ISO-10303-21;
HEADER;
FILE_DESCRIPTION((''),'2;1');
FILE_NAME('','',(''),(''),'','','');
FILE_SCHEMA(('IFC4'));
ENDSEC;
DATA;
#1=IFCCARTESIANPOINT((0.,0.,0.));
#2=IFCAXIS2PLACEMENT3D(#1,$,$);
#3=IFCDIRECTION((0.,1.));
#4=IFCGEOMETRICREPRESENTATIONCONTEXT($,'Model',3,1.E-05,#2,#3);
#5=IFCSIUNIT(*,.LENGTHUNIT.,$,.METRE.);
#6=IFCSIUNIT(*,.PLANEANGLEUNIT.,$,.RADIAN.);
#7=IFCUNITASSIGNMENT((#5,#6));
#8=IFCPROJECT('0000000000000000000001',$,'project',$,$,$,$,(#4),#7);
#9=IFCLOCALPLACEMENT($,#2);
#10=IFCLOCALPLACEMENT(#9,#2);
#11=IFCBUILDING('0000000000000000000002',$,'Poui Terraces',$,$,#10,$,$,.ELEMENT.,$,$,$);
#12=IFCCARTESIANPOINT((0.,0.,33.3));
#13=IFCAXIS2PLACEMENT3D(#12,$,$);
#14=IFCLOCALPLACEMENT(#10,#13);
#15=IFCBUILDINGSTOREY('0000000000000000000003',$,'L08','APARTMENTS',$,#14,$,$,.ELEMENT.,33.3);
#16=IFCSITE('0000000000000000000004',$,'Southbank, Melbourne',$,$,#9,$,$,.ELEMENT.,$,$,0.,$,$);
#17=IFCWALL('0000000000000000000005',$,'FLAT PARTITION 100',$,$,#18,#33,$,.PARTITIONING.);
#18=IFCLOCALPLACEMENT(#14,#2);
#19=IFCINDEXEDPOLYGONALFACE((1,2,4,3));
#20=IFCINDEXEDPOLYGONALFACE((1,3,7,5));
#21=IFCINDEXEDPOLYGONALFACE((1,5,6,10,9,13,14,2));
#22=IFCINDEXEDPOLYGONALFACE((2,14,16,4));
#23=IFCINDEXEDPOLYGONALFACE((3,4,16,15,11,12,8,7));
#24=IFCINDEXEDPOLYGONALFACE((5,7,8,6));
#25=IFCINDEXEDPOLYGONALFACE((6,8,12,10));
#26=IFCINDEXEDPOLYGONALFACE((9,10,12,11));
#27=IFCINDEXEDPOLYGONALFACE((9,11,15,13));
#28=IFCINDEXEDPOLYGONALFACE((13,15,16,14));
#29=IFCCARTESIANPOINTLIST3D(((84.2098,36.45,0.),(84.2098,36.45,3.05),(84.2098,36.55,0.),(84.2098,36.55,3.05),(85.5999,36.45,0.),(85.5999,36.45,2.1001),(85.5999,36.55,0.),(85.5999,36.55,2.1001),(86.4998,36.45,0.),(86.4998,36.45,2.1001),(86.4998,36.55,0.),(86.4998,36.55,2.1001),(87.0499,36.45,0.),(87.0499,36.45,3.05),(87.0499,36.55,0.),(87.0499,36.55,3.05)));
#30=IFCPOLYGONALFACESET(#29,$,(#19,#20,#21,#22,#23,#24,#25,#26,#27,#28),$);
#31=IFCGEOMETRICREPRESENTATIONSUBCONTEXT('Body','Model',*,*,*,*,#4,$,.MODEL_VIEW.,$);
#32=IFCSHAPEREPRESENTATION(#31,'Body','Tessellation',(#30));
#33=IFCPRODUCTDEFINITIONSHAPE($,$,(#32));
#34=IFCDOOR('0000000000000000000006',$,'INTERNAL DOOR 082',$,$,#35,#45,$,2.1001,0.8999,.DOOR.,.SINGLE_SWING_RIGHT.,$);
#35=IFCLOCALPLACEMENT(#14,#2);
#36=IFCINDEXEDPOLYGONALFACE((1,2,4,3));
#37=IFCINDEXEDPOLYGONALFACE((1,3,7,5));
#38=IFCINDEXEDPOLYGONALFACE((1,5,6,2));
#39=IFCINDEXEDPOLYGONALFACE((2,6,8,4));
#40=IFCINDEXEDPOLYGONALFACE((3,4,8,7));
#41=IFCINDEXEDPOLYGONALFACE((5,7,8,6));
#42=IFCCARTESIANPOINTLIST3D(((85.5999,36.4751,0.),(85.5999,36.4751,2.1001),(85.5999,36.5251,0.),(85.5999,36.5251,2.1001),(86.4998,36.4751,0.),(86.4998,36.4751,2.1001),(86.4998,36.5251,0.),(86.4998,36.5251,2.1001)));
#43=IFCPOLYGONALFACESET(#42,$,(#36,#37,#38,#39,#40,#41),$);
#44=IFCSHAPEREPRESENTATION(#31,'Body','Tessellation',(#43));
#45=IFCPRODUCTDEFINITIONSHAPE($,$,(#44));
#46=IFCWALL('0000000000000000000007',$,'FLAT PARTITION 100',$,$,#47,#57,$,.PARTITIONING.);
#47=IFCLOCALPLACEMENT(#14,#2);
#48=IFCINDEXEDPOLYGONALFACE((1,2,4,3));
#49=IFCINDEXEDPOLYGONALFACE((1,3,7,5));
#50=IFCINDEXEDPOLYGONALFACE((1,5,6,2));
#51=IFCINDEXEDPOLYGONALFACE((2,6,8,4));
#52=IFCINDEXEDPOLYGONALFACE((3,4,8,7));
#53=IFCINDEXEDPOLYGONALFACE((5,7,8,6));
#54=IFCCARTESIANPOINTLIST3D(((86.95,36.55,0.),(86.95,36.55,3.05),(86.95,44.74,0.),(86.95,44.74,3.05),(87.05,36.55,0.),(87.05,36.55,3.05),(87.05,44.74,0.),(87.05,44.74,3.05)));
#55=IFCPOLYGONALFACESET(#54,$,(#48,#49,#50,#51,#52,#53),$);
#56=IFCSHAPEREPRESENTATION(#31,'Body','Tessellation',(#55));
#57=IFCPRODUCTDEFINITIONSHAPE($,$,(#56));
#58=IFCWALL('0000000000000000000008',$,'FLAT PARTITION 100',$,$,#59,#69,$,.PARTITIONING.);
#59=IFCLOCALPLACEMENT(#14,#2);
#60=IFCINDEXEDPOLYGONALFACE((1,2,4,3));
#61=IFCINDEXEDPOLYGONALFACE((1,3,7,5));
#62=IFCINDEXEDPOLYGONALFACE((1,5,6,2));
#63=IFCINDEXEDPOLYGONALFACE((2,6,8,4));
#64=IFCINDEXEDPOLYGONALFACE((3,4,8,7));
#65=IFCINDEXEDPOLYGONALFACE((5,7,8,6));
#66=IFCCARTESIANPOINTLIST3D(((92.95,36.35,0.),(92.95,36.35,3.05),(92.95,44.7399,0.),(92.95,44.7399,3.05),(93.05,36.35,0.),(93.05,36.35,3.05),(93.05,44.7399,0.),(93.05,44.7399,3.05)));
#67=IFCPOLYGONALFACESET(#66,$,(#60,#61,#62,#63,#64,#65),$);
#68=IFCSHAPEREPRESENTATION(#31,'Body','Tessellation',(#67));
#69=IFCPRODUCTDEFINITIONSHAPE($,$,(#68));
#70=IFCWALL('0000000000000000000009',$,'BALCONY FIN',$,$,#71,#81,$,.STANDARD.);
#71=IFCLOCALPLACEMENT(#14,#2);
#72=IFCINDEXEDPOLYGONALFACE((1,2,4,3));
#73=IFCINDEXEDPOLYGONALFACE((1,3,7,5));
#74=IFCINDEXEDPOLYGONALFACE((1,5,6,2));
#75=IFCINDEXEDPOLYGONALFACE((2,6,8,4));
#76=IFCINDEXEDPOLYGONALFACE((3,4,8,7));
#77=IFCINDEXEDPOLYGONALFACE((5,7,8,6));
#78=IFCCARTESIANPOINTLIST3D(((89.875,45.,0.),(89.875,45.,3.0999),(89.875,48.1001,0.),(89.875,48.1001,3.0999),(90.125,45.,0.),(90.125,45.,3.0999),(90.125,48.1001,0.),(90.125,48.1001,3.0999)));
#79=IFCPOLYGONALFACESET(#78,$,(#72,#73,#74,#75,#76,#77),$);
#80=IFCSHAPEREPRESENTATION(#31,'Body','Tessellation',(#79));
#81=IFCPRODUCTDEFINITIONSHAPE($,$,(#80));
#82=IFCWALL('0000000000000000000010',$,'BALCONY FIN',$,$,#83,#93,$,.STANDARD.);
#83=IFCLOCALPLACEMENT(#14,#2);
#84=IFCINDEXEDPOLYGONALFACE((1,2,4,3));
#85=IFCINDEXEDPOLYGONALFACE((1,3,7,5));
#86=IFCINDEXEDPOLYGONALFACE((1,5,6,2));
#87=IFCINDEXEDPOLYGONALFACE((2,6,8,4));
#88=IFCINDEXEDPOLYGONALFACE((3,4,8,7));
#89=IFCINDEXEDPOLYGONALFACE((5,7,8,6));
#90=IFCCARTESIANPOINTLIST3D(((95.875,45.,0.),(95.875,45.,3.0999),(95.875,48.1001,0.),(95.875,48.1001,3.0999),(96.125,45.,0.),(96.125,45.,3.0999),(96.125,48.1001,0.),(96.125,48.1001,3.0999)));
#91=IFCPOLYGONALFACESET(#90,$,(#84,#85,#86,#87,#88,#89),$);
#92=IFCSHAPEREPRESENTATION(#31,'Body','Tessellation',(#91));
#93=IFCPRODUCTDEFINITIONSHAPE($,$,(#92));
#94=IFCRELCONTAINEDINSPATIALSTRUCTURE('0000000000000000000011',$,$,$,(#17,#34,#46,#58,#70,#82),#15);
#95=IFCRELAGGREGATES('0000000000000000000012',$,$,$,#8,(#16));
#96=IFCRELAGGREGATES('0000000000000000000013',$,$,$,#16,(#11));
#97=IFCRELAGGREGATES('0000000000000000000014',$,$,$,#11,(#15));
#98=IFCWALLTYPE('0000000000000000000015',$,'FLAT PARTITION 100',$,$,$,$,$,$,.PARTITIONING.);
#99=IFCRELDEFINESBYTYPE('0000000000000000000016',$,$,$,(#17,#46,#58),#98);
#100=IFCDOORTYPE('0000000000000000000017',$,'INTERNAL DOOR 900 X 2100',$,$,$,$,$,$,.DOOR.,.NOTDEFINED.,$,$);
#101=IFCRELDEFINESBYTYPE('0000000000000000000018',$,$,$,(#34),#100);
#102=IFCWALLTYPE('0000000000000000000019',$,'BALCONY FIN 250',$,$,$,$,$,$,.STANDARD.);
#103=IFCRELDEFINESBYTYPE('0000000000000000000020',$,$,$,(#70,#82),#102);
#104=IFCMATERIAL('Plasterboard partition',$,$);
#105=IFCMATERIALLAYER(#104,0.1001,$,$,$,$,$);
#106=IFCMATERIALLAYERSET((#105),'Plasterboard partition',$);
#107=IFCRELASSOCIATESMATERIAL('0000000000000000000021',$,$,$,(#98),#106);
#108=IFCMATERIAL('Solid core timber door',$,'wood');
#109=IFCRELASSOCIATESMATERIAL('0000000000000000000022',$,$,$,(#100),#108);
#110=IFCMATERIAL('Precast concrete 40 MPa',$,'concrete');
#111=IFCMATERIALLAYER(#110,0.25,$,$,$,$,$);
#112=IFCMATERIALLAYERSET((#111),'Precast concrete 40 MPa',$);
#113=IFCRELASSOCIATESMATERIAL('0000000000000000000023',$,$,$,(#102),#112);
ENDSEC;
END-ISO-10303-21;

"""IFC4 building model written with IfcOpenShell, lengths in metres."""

from ifc_helpers import new_model, si_unit, direction, frame, frame_2d, origin, place, context, subcontext, project, spatial, polyline, rectangle, outline, extrude, source, transform, mapped, material, layer, layer_set, type_object, element, fill, save


model = new_model("IFC4")

# Units and contexts
model_context = context("Model", 3, precision=1e-05, world=origin(), true_north=direction((0.0, 1.0)))
body_context = subcontext(model_context, "Body", "Model", "MODEL_VIEW")
ifc_project = project(units=[si_unit("LENGTHUNIT", "METRE"), si_unit("PLANEANGLEUNIT", "RADIAN")], contexts=[model_context])

# Site, building, storey
site_placement = place(None, origin())
site = spatial("IfcSite", under=ifc_project, at=site_placement, Name="Southbank, Melbourne", CompositionType="ELEMENT", RefElevation=0.0)
building_placement = place(site_placement, origin())
building = spatial("IfcBuilding", under=site, at=building_placement, Name="Poui Terraces", CompositionType="ELEMENT")
storey_placement = place(building_placement, frame((0.0, 0.0, 33.3)))
storey = spatial("IfcBuildingStorey", under=building, at=storey_placement, Name="L08", Description="APARTMENTS", CompositionType="ELEMENT", Elevation=33.3)

# Wall, opening, door
ifc_material_1 = material(Name="Plasterboard partition")
ifc_layer_1 = layer(ifc_material_1, 0.1001)
ifc_layer_set_1 = layer_set([ifc_layer_1], Name="Plasterboard partition")
wall_type_1 = type_object("IfcWallType", Name="FLAT PARTITION 100", PredefinedType="PARTITIONING", material=ifc_layer_set_1)
ifc_material_2 = material(Name="Solid core timber door", Category="wood")
door_type_1 = type_object("IfcDoorType", Name="INTERNAL DOOR 900 X 2100", OperationType="NOTDEFINED", PredefinedType="DOOR", material=ifc_material_2)
wall_1_placement = place(storey_placement, frame((84.21, 36.5, 0.0), z_axis=(0.0, 0.0, 1.0), x_axis=(1.0, 0.0, 0.0)))
wall_1 = element("IfcWall", 1, at=wall_1_placement, inside=storey, type_object=wall_type_1, Name="FLAT PARTITION 100", PredefinedType="PARTITIONING", context=body_context, shape_type="SweptSolid", body=[
    extrude(rectangle(XDim=2.8401, YDim=0.1001, at=frame_2d((1.4199, 0.0))), origin(), (0.0, 0.0, 1.0), 3.05),
])
opening_1_placement = place(wall_1_placement, frame((1.3899, 0.0, 0.0)))
opening_1 = element("IfcOpeningElement", 2, at=opening_1_placement, cuts=wall_1, PredefinedType="OPENING", context=body_context, shape_type="SweptSolid", body=[
    extrude(rectangle(XDim=0.8999, YDim=2.1001, at=frame_2d((0.45, 1.05))), frame((0.0, 0.0601, 0.0), z_axis=(0.0, -1.0, 0.0), x_axis=(1.0, 0.0, 0.0)), (0.0, 0.0, 1.0), 0.1201),
])
door_1_placement = place(opening_1_placement, frame((0.8999, 0.0, 0.0), z_axis=(0.0, 0.0, 1.0), x_axis=(-1.0, 0.0, 0.0)))
door_1 = element("IfcDoor", 3, at=door_1_placement, inside=storey, type_object=door_type_1, Name="INTERNAL DOOR 082", OperationType="SINGLE_SWING_RIGHT", OverallHeight=2.1001, OverallWidth=0.8999, PredefinedType="DOOR", context=body_context, shape_type="SweptSolid", body=[
    extrude(rectangle(XDim=0.8999, YDim=2.1001, at=frame_2d((0.45, 1.05))), frame((0.0, 0.0249, 0.0), z_axis=(0.0, -1.0, 0.0), x_axis=(1.0, 0.0, 0.0)), (0.0, 0.0, 1.0), 0.05),
])
fill(opening_1, door_1)

# Walls
wall_2_placement = place(storey_placement, frame((87.0, 36.55, 0.0), z_axis=(0.0, 0.0, 1.0), x_axis=(0.0, 1.0, 0.0)))
element("IfcWall", 4, at=wall_2_placement, inside=storey, type_object=wall_type_1, Name="FLAT PARTITION 100", PredefinedType="PARTITIONING", context=body_context, shape_type="SweptSolid", body=[
    extrude(rectangle(XDim=8.1899, YDim=0.1001, at=frame_2d((4.095, 0.0))), origin(), (0.0, 0.0, 1.0), 3.05),
])
wall_3_placement = place(storey_placement, frame((93.0, 36.3501, 0.0), z_axis=(0.0, 0.0, 1.0), x_axis=(0.0, 1.0, 0.0)))
element("IfcWall", 5, at=wall_3_placement, inside=storey, type_object=wall_type_1, Name="FLAT PARTITION 100", PredefinedType="PARTITIONING", context=body_context, shape_type="SweptSolid", body=[
    extrude(rectangle(XDim=8.3899, YDim=0.1001, at=frame_2d((4.1948, 0.0))), origin(), (0.0, 0.0, 1.0), 3.05),
])
ifc_material_3 = material(Name="Precast concrete 40 MPa", Category="concrete")
ifc_layer_2 = layer(ifc_material_3, 0.25)
ifc_layer_set_2 = layer_set([ifc_layer_2], Name="Precast concrete 40 MPa")
wall_type_2 = type_object("IfcWallType", Name="BALCONY FIN 250", PredefinedType="STANDARD", material=ifc_layer_set_2)
shared_shape_1 = source(origin(), body_context, "Body", "SweptSolid", [
    extrude(outline(polyline([(0.0, 0.0), (0.25, 0.0), (0.25, 3.1001), (0.0, 3.1001), (0.0, 0.0)])), origin(), (0.0, 0.0, 1.0), 3.0999),
])
for number, where, name in (
    (6, (89.875, 45.0, 0.0), "BALCONY FIN"),
    (7, (95.875, 45.0, 0.0), "BALCONY FIN"),
):
    element("IfcWall", number, at=place(storey_placement, frame(where)), inside=storey, type_object=wall_type_2, Name=name, PredefinedType="STANDARD", context=body_context, shape_type="MappedRepresentation", body=[
        mapped(shared_shape_1, transform((0.0, 0.0, 0.0))),
    ])

save(model, "model.ifc")
